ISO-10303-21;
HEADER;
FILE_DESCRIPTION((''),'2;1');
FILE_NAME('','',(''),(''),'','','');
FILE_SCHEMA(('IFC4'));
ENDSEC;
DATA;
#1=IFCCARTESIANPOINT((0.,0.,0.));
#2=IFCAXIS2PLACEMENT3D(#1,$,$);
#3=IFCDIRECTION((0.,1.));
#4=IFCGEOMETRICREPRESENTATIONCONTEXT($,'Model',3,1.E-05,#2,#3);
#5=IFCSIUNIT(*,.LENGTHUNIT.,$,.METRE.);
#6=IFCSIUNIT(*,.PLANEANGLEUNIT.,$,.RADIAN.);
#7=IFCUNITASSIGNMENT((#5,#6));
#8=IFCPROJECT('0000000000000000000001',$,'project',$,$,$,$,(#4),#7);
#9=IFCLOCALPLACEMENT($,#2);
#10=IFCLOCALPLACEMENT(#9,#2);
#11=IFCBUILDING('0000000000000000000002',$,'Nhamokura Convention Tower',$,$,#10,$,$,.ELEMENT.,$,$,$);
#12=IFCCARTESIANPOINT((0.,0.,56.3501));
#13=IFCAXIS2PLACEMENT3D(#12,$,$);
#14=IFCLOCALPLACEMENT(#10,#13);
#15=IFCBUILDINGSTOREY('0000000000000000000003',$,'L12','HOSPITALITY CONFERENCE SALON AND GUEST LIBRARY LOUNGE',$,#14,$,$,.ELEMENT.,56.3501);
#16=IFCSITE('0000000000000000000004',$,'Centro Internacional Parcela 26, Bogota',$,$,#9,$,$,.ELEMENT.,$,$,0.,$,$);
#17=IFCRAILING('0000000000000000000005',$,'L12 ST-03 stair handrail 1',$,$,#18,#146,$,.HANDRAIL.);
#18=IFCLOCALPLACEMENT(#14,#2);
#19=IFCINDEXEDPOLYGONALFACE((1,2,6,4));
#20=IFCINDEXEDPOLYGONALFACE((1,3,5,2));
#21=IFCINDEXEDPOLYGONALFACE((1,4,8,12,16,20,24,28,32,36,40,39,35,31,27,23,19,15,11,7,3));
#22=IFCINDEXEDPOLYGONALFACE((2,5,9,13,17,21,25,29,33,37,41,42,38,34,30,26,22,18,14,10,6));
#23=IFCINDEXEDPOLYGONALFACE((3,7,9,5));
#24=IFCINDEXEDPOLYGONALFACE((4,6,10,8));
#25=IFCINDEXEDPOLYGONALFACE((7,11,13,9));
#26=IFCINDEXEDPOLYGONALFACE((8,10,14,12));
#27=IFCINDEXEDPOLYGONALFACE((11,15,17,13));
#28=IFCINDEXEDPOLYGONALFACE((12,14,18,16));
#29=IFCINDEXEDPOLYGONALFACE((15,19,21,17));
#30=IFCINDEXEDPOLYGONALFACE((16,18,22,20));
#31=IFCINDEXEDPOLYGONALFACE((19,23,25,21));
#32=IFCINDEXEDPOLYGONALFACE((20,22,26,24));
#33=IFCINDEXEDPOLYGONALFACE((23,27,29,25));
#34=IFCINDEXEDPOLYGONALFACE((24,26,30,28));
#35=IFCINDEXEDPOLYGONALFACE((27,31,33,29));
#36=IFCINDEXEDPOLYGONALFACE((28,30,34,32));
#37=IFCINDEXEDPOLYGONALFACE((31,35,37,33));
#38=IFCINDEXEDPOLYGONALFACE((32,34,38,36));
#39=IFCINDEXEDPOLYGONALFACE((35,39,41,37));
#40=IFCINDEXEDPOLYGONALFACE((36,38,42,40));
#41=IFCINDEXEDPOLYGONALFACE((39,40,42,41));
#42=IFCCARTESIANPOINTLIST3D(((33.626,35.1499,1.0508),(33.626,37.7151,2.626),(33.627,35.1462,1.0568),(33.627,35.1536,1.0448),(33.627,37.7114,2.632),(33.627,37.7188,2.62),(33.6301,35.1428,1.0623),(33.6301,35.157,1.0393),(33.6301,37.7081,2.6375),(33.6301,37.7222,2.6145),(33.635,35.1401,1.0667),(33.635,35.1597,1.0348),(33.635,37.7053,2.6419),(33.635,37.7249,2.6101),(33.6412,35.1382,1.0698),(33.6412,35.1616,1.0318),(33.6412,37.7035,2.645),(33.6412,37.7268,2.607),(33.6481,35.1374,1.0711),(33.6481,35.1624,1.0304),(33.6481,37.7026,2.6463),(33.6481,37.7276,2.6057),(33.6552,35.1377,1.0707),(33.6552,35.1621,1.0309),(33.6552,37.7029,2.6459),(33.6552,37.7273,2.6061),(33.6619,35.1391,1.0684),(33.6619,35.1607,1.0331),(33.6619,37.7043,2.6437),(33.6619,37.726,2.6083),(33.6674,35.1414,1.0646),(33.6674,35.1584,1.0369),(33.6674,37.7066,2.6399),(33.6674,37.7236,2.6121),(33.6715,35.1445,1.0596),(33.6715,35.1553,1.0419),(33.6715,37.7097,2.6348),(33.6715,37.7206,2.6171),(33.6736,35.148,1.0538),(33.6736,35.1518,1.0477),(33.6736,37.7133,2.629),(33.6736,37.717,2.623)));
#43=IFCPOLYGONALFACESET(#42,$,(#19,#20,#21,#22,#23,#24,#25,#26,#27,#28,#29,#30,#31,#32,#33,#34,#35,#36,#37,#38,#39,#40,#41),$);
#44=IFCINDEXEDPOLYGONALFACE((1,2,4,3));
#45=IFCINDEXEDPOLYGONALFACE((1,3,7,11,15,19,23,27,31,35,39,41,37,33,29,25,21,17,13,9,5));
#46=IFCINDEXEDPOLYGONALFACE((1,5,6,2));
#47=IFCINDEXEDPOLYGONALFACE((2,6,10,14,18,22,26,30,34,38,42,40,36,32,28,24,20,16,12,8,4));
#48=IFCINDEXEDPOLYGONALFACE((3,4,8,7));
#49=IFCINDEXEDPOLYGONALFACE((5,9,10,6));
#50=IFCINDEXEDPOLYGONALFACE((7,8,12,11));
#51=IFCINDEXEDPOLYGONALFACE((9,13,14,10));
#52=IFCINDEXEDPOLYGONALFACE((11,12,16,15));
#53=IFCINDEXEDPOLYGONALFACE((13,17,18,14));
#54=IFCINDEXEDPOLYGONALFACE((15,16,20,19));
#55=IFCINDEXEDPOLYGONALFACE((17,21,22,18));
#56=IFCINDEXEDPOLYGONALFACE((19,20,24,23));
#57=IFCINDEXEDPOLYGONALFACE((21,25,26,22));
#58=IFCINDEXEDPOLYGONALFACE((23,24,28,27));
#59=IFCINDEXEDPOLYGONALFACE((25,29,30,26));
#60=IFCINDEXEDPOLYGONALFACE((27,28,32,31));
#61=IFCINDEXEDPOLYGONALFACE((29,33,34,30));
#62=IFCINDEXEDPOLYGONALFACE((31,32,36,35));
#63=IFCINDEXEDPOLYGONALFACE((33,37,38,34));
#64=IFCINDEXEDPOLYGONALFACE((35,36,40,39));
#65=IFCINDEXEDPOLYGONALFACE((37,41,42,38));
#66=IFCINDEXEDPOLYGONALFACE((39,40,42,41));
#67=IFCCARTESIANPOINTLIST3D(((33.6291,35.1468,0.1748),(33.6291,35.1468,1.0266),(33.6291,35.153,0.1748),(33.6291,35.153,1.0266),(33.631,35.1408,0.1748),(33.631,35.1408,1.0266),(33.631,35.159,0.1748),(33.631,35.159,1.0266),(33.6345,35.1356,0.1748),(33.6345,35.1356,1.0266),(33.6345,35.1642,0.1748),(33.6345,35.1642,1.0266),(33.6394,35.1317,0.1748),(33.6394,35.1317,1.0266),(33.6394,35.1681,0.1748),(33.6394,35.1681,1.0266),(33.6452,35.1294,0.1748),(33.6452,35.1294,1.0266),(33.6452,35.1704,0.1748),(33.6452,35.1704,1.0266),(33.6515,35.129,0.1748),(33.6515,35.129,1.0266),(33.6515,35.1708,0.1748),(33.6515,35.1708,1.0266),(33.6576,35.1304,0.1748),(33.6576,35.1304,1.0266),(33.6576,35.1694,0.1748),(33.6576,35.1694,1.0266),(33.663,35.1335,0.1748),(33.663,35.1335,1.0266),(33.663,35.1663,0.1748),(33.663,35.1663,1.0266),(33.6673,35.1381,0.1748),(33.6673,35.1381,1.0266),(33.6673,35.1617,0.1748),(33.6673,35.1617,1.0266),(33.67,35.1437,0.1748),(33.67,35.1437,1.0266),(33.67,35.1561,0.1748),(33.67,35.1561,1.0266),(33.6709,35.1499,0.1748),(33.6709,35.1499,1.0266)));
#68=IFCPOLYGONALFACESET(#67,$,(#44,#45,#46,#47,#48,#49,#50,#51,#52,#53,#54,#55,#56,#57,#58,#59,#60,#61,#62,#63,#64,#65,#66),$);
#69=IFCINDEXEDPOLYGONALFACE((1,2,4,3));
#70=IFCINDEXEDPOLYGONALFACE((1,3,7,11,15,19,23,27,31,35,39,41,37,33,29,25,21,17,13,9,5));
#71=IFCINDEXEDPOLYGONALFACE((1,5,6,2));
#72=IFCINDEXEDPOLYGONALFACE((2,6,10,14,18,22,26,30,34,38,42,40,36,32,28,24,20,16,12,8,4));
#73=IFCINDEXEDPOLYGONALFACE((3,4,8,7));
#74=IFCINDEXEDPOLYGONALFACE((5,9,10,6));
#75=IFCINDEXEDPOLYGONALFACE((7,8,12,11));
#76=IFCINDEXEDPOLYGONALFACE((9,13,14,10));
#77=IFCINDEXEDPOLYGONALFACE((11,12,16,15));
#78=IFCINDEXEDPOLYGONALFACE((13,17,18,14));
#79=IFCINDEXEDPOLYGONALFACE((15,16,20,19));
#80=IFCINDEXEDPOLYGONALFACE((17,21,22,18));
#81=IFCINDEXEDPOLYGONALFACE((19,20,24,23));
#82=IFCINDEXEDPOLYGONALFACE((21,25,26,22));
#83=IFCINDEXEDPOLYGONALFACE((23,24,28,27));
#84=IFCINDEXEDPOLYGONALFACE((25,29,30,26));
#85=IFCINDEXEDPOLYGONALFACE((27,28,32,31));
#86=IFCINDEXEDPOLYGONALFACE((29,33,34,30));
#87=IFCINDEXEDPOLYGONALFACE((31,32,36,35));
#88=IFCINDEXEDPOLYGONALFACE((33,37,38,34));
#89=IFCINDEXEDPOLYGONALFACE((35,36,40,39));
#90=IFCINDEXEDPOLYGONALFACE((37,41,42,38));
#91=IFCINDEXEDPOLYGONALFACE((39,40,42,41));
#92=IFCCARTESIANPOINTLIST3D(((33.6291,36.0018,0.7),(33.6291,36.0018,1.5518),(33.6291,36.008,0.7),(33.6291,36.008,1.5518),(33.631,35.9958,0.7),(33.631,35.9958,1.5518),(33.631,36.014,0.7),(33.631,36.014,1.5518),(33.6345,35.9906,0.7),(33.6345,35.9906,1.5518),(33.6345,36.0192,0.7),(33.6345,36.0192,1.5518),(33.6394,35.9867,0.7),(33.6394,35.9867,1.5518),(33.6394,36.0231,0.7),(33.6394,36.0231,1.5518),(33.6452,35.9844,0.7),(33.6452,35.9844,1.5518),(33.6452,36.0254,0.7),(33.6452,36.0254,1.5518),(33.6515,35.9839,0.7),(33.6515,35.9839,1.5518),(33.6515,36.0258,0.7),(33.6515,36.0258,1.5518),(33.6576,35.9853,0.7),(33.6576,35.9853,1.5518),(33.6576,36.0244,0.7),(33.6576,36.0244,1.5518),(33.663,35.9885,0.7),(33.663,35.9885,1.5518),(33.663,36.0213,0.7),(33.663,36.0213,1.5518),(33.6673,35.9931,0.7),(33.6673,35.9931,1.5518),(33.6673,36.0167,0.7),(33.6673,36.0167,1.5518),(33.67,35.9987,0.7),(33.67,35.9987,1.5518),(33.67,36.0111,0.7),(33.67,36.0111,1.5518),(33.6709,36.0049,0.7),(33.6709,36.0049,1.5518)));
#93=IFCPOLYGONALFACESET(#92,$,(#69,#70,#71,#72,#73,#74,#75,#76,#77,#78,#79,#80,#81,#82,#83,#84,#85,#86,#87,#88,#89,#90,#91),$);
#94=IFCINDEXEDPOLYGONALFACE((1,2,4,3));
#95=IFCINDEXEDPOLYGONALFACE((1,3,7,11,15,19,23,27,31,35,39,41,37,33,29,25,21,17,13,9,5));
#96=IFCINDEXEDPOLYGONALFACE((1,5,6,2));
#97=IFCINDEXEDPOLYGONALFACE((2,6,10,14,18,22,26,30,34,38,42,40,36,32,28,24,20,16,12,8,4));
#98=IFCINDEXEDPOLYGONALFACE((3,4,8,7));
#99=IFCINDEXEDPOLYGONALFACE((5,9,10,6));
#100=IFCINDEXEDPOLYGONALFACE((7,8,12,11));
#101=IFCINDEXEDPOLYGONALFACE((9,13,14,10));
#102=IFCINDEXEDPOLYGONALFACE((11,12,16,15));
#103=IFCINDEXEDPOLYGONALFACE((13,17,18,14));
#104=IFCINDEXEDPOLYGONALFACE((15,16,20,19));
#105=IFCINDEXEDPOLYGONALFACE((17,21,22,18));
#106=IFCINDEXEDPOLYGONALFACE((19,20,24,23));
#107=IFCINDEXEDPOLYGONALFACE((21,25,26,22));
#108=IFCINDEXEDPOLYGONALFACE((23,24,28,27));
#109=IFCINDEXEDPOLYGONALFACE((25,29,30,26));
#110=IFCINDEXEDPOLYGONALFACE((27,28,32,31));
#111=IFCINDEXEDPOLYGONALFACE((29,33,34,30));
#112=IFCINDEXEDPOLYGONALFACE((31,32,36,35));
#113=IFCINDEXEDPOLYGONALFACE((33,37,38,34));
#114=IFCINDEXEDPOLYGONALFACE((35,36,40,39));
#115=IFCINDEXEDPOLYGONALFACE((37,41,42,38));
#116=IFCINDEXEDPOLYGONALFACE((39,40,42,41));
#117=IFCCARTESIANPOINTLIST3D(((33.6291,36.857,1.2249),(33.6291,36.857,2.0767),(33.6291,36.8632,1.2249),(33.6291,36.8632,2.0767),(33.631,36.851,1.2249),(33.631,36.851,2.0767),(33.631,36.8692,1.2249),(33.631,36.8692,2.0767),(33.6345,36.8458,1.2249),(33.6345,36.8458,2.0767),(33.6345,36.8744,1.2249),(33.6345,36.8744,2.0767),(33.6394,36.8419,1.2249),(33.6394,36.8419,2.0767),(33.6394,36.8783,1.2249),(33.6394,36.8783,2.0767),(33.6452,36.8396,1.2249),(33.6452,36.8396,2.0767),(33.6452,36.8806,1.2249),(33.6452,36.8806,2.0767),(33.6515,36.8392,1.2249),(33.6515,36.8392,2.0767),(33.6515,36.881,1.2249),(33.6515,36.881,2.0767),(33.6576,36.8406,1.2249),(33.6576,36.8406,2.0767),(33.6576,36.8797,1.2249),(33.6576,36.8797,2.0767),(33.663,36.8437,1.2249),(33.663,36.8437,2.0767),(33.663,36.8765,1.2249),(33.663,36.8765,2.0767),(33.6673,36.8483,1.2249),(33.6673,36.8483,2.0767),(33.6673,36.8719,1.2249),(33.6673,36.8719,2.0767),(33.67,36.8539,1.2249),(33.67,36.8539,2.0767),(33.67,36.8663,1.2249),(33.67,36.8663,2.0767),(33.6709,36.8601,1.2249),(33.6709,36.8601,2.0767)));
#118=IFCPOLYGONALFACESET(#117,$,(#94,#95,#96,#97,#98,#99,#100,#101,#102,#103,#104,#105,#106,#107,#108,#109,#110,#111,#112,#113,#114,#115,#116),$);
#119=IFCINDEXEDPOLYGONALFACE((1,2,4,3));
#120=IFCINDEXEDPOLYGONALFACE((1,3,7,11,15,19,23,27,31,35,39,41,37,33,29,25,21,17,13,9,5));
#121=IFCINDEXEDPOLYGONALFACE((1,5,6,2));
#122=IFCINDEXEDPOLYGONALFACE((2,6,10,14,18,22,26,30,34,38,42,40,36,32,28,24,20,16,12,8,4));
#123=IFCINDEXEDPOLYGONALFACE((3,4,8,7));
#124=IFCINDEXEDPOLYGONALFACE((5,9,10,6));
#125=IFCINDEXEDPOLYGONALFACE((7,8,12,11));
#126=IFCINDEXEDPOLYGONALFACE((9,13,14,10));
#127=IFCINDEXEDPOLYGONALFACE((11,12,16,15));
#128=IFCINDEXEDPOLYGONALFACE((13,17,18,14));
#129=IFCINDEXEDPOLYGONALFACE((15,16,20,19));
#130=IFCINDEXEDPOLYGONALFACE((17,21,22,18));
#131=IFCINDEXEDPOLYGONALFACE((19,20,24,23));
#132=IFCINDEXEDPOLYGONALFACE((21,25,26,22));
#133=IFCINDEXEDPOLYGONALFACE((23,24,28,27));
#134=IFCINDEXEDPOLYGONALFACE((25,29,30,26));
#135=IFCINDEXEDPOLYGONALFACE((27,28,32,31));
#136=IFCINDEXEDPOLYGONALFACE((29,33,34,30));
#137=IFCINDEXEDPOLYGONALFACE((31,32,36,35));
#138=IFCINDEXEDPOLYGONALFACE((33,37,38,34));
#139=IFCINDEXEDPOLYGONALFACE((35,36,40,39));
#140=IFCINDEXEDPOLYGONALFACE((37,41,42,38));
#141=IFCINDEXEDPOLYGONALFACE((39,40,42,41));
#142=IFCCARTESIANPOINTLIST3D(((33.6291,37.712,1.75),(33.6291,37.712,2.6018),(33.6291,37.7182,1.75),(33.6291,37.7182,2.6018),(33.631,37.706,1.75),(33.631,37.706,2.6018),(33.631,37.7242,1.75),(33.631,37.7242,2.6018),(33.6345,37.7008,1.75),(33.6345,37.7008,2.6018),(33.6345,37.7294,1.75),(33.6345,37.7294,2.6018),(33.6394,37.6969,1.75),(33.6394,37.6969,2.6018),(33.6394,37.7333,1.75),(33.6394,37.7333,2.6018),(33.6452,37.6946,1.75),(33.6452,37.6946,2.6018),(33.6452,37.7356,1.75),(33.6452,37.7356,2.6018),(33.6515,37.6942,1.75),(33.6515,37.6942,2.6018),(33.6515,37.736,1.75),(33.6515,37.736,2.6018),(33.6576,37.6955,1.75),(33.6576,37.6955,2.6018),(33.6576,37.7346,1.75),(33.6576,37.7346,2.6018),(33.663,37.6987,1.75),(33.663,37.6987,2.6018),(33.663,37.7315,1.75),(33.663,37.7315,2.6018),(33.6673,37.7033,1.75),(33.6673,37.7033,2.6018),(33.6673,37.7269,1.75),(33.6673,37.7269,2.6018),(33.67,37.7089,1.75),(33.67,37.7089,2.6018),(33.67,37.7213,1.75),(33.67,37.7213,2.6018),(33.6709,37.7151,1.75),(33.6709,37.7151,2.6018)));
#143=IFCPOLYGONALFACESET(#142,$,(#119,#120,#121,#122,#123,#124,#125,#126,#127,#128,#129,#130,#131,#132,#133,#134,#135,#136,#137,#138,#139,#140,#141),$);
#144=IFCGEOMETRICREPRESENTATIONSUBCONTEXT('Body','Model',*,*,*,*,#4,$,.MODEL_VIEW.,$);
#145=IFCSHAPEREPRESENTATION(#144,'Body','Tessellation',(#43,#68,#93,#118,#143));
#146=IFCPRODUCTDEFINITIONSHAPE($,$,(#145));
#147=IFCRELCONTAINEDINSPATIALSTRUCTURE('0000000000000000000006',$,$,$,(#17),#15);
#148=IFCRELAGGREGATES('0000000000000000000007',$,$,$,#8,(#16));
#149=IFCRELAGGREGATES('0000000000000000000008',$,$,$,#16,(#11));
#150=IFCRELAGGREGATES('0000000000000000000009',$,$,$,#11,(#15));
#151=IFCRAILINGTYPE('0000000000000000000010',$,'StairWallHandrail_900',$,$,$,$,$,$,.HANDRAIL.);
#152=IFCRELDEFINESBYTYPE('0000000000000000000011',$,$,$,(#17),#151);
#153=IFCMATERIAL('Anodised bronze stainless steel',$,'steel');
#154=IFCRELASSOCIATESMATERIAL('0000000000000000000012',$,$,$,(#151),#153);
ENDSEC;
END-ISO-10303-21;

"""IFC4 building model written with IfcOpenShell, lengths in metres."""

from ifc_helpers import new_model, si_unit, direction, frame, origin, origin_2d, place, context, subcontext, project, spatial, circle, extrude, material, type_object, element, save


model = new_model("IFC4")

# Units and contexts
model_context = context("Model", 3, precision=1e-05, world=origin(), true_north=direction((0.0, 1.0)))
body_context = subcontext(model_context, "Body", "Model", "MODEL_VIEW")
ifc_project = project(units=[si_unit("LENGTHUNIT", "METRE"), si_unit("PLANEANGLEUNIT", "RADIAN")], contexts=[model_context])

# Site, building, storey
site_placement = place(None, origin())
site = spatial("IfcSite", under=ifc_project, at=site_placement, Name="Centro Internacional Parcela 26, Bogota", CompositionType="ELEMENT", RefElevation=0.0)
building_placement = place(site_placement, origin())
building = spatial("IfcBuilding", under=site, at=building_placement, Name="Nhamokura Convention Tower", CompositionType="ELEMENT")
storey_placement = place(building_placement, frame((0.0, 0.0, 56.3501)))
storey = spatial("IfcBuildingStorey", under=building, at=storey_placement, Name="L12", Description="HOSPITALITY CONFERENCE SALON AND GUEST LIBRARY LOUNGE", CompositionType="ELEMENT", Elevation=56.3501)

# Railing
ifc_material_1 = material(Name="Anodised bronze stainless steel", Category="steel")
railing_type_1 = type_object("IfcRailingType", Name="StairWallHandrail_900", PredefinedType="HANDRAIL", material=ifc_material_1)
railing_1_placement = place(storey_placement, frame((33.6499, 35.1499, 0.1748)))
element("IfcRailing", 1, at=railing_1_placement, inside=storey, type_object=railing_type_1, Name="L12 ST-03 stair handrail 1", PredefinedType="HANDRAIL", context=body_context, shape_type="SweptSolid", body=[
    extrude(circle(Radius=0.0239, at=origin_2d()), frame((0.0, 0.0, 0.876), z_axis=(0.0, 0.852159, 0.523283), x_axis=(-1.0, 0.0, 0.0)), (0.0, 0.0, 1.0), 3.0103),
    extrude(circle(Radius=0.021, at=origin_2d()), origin(), (0.0, 0.0, 1.0), 0.8518),
    extrude(circle(Radius=0.021, at=origin_2d()), frame((0.0, 0.855, 0.5251)), (0.0, 0.0, 1.0), 0.8518),
    extrude(circle(Radius=0.021, at=origin_2d()), frame((0.0, 1.7102, 1.05)), (0.0, 0.0, 1.0), 0.8518),
    extrude(circle(Radius=0.021, at=origin_2d()), frame((0.0, 2.5652, 1.5752)), (0.0, 0.0, 1.0), 0.8518),
])

save(model, "model.ifc")
